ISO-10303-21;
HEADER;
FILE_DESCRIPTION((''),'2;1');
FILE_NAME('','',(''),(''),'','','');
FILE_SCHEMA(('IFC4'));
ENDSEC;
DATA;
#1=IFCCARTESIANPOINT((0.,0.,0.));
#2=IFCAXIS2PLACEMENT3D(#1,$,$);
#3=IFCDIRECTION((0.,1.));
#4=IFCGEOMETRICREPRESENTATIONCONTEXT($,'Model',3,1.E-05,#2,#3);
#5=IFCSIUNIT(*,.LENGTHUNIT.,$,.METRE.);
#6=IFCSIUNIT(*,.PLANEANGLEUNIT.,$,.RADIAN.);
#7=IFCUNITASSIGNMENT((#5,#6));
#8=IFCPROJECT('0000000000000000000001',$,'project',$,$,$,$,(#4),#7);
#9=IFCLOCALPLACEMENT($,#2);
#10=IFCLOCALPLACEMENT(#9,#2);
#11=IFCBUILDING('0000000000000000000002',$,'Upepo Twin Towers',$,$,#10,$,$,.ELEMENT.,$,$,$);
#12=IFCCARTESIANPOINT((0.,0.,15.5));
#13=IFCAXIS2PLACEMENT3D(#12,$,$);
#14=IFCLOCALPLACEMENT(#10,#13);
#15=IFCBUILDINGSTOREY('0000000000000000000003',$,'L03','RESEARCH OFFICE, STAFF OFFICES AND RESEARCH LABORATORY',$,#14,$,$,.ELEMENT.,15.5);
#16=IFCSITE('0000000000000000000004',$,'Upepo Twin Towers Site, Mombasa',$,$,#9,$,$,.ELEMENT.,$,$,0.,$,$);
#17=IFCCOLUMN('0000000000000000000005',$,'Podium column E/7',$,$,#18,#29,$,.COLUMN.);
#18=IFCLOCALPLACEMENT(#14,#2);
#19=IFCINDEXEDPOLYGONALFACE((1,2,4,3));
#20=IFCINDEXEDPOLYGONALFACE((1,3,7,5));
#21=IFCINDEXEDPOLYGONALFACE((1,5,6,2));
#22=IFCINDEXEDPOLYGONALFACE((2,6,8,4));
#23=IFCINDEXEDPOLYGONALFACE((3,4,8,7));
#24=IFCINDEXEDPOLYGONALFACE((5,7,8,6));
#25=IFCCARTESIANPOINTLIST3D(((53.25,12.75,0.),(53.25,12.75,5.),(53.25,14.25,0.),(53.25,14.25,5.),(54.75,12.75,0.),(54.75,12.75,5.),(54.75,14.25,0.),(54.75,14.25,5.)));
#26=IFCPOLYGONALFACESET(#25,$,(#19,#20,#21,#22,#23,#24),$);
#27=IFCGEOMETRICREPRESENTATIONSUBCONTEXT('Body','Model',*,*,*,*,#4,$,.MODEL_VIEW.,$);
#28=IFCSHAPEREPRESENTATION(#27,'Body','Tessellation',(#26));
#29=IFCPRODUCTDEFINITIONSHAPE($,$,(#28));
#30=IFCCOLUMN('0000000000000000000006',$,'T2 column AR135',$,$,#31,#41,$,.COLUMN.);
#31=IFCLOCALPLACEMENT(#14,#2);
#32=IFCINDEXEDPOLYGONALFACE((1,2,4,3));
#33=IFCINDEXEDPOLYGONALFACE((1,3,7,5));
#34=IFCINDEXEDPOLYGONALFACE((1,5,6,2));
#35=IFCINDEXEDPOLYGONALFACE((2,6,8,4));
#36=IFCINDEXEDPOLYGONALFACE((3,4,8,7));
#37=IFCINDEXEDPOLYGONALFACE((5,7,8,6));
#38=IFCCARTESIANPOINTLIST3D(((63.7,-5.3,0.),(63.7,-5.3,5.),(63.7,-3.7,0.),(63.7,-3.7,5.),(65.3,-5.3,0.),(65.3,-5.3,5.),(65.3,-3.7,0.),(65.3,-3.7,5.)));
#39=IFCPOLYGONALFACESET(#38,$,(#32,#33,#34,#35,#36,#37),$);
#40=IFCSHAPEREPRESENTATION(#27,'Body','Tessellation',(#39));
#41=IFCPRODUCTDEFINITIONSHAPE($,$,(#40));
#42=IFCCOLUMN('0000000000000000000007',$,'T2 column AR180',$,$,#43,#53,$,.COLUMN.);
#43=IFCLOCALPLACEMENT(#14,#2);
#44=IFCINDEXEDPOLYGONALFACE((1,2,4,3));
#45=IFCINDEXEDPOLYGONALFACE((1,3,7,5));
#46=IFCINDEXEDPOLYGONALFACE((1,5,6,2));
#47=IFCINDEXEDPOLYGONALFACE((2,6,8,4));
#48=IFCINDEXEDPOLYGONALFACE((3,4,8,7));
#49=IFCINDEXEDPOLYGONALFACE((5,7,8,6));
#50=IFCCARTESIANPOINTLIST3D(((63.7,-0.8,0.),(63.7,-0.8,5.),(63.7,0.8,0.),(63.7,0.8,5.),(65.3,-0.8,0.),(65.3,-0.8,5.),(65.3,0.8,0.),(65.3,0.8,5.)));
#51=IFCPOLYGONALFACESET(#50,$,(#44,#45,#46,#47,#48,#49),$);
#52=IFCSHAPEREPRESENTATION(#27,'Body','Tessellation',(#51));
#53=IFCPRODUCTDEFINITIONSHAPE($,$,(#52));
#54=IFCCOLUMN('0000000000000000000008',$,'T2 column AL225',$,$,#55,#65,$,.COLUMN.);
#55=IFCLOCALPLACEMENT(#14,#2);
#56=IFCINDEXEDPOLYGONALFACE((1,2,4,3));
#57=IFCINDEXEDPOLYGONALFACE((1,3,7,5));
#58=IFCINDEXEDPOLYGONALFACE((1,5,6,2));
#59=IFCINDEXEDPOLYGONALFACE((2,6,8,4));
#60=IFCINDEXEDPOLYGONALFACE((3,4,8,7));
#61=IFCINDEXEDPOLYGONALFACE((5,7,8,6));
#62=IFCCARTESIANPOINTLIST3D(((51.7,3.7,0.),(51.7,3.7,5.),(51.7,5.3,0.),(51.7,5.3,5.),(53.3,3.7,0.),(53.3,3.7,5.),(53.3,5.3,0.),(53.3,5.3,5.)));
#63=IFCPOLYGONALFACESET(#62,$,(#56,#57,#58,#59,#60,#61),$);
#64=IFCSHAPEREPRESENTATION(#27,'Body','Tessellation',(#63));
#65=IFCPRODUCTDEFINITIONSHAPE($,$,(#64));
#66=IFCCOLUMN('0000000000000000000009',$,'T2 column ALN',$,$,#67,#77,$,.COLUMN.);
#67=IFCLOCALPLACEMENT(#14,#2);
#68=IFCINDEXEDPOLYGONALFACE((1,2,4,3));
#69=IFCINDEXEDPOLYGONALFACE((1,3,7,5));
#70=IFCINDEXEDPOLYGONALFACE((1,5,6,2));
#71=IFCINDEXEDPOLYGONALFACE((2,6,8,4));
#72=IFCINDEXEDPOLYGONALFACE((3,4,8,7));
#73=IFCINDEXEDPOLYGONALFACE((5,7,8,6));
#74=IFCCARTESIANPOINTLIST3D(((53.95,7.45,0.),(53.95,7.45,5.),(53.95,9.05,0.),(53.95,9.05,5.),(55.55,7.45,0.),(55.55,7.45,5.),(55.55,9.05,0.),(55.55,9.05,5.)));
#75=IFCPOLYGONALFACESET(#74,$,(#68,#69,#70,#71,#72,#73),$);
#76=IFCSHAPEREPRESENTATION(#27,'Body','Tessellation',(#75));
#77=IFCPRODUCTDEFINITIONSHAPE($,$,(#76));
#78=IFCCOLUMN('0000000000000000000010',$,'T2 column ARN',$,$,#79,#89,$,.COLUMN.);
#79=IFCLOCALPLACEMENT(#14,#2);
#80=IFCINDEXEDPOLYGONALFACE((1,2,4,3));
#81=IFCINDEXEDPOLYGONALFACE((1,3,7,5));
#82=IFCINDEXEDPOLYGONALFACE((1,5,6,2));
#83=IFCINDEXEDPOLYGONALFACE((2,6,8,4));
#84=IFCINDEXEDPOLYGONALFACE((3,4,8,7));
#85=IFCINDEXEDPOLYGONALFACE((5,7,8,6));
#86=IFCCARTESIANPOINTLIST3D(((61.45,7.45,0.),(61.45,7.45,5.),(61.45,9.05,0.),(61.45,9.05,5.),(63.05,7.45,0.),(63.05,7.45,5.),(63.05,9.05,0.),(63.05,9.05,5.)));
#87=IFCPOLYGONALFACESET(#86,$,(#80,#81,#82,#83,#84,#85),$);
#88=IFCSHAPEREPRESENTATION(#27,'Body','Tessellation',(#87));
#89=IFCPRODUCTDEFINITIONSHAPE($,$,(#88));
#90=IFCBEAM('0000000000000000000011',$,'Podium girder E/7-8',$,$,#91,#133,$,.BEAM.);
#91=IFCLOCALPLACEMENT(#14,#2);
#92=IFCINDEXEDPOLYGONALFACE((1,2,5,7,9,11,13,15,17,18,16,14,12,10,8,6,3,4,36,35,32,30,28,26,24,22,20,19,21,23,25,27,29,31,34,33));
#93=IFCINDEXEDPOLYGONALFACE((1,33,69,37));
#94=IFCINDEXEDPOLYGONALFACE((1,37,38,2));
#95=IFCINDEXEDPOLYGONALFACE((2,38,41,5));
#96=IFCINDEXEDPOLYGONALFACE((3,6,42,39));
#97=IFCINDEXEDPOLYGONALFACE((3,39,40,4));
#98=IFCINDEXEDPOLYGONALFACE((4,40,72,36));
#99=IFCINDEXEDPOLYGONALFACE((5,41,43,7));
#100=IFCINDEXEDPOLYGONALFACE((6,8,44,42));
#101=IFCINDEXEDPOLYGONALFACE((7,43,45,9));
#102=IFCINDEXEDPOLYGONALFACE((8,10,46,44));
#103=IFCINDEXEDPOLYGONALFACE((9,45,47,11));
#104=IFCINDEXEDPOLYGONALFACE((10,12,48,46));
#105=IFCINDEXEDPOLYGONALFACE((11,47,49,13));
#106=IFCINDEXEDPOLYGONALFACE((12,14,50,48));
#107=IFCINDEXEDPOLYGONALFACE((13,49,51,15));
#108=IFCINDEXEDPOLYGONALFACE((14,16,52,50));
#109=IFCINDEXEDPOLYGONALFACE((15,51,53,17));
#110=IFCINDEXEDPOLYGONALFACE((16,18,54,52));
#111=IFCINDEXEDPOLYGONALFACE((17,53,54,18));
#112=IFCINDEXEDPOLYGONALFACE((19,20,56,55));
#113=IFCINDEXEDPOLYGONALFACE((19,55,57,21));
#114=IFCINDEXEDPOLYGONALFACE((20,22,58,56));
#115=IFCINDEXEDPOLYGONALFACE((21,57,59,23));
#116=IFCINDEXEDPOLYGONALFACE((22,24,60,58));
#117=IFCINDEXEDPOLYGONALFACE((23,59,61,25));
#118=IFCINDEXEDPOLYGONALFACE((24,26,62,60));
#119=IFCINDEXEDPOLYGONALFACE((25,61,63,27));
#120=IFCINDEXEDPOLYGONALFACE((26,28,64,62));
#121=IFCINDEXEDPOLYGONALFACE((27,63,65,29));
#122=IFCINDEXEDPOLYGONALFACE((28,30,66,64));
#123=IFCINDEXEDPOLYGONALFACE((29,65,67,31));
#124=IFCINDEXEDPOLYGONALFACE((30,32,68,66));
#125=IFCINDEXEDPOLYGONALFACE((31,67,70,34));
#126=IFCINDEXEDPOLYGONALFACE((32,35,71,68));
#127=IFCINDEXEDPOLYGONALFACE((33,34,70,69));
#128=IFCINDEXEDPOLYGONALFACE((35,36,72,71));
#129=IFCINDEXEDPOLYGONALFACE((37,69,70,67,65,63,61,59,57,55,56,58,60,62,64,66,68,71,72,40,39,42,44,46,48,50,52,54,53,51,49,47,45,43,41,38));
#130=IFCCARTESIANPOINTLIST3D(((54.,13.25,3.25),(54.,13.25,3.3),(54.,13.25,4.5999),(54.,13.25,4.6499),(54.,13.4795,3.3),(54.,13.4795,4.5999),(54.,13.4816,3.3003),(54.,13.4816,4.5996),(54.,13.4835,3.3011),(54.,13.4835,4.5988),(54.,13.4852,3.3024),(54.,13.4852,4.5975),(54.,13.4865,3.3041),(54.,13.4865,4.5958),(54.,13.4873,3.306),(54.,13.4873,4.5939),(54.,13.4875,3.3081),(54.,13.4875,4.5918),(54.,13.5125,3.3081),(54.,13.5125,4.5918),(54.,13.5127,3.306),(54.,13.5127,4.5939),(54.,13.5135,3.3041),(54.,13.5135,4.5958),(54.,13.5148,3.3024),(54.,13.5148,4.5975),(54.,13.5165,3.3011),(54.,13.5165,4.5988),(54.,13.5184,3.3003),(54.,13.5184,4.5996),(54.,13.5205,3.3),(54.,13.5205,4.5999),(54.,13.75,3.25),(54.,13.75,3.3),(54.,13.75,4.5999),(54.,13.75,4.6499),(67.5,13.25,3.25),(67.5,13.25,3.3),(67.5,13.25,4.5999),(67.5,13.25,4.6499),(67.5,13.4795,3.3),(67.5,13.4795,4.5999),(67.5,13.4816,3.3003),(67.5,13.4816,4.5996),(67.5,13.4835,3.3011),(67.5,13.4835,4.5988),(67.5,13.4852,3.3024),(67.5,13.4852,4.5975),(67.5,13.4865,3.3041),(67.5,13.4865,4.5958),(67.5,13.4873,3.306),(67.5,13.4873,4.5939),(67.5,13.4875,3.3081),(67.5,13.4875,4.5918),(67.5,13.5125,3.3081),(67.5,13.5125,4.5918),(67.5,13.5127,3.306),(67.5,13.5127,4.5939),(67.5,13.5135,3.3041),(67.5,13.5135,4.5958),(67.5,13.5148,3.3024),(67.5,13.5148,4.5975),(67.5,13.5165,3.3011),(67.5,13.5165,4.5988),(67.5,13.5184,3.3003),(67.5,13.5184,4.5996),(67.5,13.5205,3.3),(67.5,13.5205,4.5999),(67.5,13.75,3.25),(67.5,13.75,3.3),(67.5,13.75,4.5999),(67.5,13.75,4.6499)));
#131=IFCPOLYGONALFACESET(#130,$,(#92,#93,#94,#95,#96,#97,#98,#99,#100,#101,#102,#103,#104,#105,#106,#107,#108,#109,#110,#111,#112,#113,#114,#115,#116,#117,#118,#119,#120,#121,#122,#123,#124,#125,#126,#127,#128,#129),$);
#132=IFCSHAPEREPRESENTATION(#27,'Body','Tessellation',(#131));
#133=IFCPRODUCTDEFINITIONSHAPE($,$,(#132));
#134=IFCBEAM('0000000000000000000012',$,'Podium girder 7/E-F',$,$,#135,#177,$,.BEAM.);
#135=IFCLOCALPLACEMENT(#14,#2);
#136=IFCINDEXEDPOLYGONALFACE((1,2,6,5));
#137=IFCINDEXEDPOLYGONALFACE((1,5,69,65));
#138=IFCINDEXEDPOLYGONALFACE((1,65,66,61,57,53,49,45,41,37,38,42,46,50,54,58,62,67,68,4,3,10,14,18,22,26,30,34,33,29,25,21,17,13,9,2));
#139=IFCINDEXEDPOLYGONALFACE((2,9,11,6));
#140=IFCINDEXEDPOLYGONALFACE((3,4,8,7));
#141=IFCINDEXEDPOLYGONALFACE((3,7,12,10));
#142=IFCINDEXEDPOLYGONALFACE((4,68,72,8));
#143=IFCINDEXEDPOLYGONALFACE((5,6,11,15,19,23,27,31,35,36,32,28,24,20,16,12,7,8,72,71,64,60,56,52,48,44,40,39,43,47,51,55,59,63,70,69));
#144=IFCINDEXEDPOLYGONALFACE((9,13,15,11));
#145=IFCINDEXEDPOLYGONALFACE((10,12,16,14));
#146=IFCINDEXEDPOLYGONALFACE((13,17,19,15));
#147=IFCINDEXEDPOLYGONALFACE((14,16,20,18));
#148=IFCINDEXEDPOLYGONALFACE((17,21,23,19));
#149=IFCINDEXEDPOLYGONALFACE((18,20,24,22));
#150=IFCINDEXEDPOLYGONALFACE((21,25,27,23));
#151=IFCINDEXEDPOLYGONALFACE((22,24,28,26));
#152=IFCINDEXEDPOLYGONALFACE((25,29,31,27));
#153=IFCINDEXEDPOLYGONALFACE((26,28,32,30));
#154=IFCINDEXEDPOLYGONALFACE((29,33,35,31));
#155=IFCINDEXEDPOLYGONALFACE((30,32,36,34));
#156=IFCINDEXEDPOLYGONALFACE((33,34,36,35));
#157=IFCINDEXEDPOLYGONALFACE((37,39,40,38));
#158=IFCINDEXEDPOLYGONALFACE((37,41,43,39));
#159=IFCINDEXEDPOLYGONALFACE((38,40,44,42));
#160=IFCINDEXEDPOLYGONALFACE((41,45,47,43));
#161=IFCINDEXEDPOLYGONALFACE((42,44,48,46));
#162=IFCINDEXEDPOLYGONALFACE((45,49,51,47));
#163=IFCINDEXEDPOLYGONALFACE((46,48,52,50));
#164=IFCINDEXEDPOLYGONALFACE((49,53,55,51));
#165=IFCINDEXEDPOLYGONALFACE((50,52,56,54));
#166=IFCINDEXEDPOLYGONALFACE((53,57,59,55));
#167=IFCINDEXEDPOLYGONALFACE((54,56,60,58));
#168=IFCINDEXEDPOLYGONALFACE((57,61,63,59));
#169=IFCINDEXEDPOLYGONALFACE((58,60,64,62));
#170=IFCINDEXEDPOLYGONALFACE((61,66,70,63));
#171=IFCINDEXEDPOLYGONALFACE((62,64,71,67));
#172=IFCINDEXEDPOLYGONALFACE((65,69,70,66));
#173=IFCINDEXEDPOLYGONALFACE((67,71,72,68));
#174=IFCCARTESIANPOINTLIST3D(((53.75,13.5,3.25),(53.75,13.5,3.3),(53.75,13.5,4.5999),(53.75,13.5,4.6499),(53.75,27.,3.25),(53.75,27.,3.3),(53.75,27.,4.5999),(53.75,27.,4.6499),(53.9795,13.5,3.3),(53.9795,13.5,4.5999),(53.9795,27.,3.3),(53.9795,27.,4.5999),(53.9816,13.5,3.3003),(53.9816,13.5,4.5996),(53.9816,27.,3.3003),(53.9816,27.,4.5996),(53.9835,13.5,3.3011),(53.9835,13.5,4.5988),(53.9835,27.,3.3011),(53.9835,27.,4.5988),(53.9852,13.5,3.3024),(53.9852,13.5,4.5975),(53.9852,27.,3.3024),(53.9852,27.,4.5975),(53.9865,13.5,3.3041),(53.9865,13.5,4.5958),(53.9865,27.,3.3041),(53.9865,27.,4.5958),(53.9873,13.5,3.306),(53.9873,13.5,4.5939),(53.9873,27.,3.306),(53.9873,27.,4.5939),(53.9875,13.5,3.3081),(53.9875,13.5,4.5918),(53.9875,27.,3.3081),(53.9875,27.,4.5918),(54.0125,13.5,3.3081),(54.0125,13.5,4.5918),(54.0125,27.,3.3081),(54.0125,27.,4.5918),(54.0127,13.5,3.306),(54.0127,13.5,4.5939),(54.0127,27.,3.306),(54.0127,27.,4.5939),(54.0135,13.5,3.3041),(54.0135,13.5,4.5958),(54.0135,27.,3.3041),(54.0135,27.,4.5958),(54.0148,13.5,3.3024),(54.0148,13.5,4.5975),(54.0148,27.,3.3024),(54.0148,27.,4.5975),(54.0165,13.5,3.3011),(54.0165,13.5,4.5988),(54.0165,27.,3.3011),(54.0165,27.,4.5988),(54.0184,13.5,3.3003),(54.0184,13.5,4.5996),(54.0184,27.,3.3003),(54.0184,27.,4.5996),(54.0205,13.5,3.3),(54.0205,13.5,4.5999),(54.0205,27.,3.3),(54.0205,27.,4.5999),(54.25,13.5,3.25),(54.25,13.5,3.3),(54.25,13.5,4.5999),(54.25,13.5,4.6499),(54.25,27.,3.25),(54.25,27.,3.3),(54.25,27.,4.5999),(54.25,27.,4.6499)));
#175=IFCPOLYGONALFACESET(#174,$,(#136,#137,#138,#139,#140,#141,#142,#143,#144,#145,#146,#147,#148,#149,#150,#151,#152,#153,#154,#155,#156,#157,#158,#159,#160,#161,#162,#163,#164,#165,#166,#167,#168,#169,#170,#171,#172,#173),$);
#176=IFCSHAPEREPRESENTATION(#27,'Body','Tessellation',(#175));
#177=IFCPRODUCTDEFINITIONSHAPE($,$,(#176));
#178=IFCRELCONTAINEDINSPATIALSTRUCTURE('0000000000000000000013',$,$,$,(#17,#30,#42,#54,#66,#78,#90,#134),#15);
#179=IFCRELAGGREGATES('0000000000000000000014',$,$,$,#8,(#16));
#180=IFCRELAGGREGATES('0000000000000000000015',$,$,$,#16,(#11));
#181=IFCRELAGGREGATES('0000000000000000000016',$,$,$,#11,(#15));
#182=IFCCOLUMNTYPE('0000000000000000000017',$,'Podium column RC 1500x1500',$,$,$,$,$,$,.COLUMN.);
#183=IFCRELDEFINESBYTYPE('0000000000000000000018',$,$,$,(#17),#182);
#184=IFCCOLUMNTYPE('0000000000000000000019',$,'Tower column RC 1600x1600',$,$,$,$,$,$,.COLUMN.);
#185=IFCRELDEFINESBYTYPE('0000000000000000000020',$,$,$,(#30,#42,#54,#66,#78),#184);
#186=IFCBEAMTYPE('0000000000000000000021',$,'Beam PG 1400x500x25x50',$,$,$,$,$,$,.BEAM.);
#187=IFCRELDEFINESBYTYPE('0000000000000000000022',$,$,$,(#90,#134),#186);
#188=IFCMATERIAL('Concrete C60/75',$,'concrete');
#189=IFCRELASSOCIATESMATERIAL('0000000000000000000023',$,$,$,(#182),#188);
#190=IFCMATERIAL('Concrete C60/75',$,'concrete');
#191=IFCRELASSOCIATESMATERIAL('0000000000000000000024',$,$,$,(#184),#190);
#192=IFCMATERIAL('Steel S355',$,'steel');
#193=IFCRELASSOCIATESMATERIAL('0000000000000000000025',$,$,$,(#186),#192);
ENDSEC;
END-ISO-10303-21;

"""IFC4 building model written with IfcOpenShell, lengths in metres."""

from ifc_helpers import new_model, si_unit, direction, frame, origin, origin_2d, place, context, subcontext, project, spatial, rectangle, i_section, extrude, material, material_profile, profile_set, type_object, element, save


model = new_model("IFC4")

# Units and contexts
model_context = context("Model", 3, precision=1e-05, world=origin(), true_north=direction((0.0, 1.0)))
body_context = subcontext(model_context, "Body", "Model", "MODEL_VIEW")
ifc_project = project(units=[si_unit("LENGTHUNIT", "METRE"), si_unit("PLANEANGLEUNIT", "RADIAN")], contexts=[model_context])

# Site, building, storey
site_placement = place(None, origin())
site = spatial("IfcSite", under=ifc_project, at=site_placement, Name="Upepo Twin Towers Site, Mombasa", CompositionType="ELEMENT", RefElevation=0.0)
building_placement = place(site_placement, origin())
building = spatial("IfcBuilding", under=site, at=building_placement, Name="Upepo Twin Towers", CompositionType="ELEMENT")
storey_placement = place(building_placement, frame((0.0, 0.0, 15.5)))
storey = spatial("IfcBuildingStorey", under=building, at=storey_placement, Name="L03", Description="RESEARCH OFFICE, STAFF OFFICES AND RESEARCH LABORATORY", CompositionType="ELEMENT", Elevation=15.5)

# Columns
ifc_material_1 = material(Name="Concrete C60/75", Category="concrete")
ifc_material_profile_1 = material_profile(ifc_material_1, rectangle(XDim=1.5, YDim=1.5, at=origin_2d()), Name="RC 1500x1500")
ifc_profile_set_1 = profile_set([ifc_material_profile_1], Name="Concrete C60/75")
column_type_1 = type_object("IfcColumnType", Name="Podium column RC 1500x1500", PredefinedType="COLUMN", material=ifc_profile_set_1)
column_placement = place(storey_placement, frame((54.0, 13.5, 0.0), z_axis=(0.0, 0.0, 1.0), x_axis=(1.0, 0.0, 0.0)))
element("IfcColumn", 1, at=column_placement, inside=storey, type_object=column_type_1, Name="Podium column E/7", PredefinedType="COLUMN", context=body_context, shape_type="SweptSolid", body=[
    extrude(rectangle(XDim=1.5, YDim=1.5, at=origin_2d()), origin(), (0.0, 0.0, 1.0), 5.0),
])
ifc_material_2 = material(Name="Concrete C60/75", Category="concrete")
ifc_material_profile_2 = material_profile(ifc_material_2, rectangle(XDim=1.6001, YDim=1.6001, at=origin_2d()), Name="RC 1600x1600")
ifc_profile_set_2 = profile_set([ifc_material_profile_2], Name="Concrete C60/75")
column_type_2 = type_object("IfcColumnType", Name="Tower column RC 1600x1600", PredefinedType="COLUMN", material=ifc_profile_set_2)
for number, where, z_axis, x_axis, name in (
    (2, (64.5, -4.5, 0.0), (0.0, 0.0, 1.0), (1.0, 0.0, 0.0), "T2 column AR135"),
    (3, (64.5, 0.0, 0.0), (0.0, 0.0, 1.0), (1.0, 0.0, 0.0), "T2 column AR180"),
    (4, (52.5, 4.5, 0.0), (0.0, 0.0, 1.0), (1.0, 0.0, 0.0), "T2 column AL225"),
    (5, (54.75, 8.25, 0.0), (0.0, 0.0, 1.0), (1.0, 0.0, 0.0), "T2 column ALN"),
    (6, (62.25, 8.25, 0.0), (0.0, 0.0, 1.0), (1.0, 0.0, 0.0), "T2 column ARN"),
):
    element("IfcColumn", number, at=place(storey_placement, frame(where, z_axis=z_axis, x_axis=x_axis)), inside=storey, type_object=column_type_2, Name=name, PredefinedType="COLUMN", context=body_context, shape_type="SweptSolid", body=[
        extrude(rectangle(XDim=1.6001, YDim=1.6001, at=origin_2d()), origin(), (0.0, 0.0, 1.0), 5.0),
    ])

# Beams
ifc_material_3 = material(Name="Steel S355", Category="steel")
ifc_material_profile_3 = material_profile(ifc_material_3, i_section(OverallWidth=0.5, OverallDepth=1.3999, WebThickness=0.0249, FlangeThickness=0.05, FilletRadius=0.0081, at=origin_2d()), Name="PG 1400x500x25x50")
ifc_profile_set_3 = profile_set([ifc_material_profile_3], Name="Steel S355")
beam_type_1 = type_object("IfcBeamType", Name="Beam PG 1400x500x25x50", PredefinedType="BEAM", material=ifc_profile_set_3)
for number, where, z_axis, x_axis, name in (
    (7, (54.0, 13.5, 3.95), (1.0, 0.0, 0.0), (0.0, 1.0, 0.0), "Podium girder E/7-8"),
    (8, (54.0, 13.5, 3.95), (0.0, 1.0, 0.0), (-1.0, 0.0, 0.0), "Podium girder 7/E-F"),
):
    element("IfcBeam", number, at=place(storey_placement, frame(where, z_axis=z_axis, x_axis=x_axis)), inside=storey, type_object=beam_type_1, Name=name, PredefinedType="BEAM", context=body_context, shape_type="SweptSolid", body=[
        extrude(i_section(OverallWidth=0.5, OverallDepth=1.3999, WebThickness=0.0249, FlangeThickness=0.05, FilletRadius=0.0081, at=origin_2d()), origin(), (0.0, 0.0, 1.0), 13.5),
    ])

save(model, "model.ifc")
